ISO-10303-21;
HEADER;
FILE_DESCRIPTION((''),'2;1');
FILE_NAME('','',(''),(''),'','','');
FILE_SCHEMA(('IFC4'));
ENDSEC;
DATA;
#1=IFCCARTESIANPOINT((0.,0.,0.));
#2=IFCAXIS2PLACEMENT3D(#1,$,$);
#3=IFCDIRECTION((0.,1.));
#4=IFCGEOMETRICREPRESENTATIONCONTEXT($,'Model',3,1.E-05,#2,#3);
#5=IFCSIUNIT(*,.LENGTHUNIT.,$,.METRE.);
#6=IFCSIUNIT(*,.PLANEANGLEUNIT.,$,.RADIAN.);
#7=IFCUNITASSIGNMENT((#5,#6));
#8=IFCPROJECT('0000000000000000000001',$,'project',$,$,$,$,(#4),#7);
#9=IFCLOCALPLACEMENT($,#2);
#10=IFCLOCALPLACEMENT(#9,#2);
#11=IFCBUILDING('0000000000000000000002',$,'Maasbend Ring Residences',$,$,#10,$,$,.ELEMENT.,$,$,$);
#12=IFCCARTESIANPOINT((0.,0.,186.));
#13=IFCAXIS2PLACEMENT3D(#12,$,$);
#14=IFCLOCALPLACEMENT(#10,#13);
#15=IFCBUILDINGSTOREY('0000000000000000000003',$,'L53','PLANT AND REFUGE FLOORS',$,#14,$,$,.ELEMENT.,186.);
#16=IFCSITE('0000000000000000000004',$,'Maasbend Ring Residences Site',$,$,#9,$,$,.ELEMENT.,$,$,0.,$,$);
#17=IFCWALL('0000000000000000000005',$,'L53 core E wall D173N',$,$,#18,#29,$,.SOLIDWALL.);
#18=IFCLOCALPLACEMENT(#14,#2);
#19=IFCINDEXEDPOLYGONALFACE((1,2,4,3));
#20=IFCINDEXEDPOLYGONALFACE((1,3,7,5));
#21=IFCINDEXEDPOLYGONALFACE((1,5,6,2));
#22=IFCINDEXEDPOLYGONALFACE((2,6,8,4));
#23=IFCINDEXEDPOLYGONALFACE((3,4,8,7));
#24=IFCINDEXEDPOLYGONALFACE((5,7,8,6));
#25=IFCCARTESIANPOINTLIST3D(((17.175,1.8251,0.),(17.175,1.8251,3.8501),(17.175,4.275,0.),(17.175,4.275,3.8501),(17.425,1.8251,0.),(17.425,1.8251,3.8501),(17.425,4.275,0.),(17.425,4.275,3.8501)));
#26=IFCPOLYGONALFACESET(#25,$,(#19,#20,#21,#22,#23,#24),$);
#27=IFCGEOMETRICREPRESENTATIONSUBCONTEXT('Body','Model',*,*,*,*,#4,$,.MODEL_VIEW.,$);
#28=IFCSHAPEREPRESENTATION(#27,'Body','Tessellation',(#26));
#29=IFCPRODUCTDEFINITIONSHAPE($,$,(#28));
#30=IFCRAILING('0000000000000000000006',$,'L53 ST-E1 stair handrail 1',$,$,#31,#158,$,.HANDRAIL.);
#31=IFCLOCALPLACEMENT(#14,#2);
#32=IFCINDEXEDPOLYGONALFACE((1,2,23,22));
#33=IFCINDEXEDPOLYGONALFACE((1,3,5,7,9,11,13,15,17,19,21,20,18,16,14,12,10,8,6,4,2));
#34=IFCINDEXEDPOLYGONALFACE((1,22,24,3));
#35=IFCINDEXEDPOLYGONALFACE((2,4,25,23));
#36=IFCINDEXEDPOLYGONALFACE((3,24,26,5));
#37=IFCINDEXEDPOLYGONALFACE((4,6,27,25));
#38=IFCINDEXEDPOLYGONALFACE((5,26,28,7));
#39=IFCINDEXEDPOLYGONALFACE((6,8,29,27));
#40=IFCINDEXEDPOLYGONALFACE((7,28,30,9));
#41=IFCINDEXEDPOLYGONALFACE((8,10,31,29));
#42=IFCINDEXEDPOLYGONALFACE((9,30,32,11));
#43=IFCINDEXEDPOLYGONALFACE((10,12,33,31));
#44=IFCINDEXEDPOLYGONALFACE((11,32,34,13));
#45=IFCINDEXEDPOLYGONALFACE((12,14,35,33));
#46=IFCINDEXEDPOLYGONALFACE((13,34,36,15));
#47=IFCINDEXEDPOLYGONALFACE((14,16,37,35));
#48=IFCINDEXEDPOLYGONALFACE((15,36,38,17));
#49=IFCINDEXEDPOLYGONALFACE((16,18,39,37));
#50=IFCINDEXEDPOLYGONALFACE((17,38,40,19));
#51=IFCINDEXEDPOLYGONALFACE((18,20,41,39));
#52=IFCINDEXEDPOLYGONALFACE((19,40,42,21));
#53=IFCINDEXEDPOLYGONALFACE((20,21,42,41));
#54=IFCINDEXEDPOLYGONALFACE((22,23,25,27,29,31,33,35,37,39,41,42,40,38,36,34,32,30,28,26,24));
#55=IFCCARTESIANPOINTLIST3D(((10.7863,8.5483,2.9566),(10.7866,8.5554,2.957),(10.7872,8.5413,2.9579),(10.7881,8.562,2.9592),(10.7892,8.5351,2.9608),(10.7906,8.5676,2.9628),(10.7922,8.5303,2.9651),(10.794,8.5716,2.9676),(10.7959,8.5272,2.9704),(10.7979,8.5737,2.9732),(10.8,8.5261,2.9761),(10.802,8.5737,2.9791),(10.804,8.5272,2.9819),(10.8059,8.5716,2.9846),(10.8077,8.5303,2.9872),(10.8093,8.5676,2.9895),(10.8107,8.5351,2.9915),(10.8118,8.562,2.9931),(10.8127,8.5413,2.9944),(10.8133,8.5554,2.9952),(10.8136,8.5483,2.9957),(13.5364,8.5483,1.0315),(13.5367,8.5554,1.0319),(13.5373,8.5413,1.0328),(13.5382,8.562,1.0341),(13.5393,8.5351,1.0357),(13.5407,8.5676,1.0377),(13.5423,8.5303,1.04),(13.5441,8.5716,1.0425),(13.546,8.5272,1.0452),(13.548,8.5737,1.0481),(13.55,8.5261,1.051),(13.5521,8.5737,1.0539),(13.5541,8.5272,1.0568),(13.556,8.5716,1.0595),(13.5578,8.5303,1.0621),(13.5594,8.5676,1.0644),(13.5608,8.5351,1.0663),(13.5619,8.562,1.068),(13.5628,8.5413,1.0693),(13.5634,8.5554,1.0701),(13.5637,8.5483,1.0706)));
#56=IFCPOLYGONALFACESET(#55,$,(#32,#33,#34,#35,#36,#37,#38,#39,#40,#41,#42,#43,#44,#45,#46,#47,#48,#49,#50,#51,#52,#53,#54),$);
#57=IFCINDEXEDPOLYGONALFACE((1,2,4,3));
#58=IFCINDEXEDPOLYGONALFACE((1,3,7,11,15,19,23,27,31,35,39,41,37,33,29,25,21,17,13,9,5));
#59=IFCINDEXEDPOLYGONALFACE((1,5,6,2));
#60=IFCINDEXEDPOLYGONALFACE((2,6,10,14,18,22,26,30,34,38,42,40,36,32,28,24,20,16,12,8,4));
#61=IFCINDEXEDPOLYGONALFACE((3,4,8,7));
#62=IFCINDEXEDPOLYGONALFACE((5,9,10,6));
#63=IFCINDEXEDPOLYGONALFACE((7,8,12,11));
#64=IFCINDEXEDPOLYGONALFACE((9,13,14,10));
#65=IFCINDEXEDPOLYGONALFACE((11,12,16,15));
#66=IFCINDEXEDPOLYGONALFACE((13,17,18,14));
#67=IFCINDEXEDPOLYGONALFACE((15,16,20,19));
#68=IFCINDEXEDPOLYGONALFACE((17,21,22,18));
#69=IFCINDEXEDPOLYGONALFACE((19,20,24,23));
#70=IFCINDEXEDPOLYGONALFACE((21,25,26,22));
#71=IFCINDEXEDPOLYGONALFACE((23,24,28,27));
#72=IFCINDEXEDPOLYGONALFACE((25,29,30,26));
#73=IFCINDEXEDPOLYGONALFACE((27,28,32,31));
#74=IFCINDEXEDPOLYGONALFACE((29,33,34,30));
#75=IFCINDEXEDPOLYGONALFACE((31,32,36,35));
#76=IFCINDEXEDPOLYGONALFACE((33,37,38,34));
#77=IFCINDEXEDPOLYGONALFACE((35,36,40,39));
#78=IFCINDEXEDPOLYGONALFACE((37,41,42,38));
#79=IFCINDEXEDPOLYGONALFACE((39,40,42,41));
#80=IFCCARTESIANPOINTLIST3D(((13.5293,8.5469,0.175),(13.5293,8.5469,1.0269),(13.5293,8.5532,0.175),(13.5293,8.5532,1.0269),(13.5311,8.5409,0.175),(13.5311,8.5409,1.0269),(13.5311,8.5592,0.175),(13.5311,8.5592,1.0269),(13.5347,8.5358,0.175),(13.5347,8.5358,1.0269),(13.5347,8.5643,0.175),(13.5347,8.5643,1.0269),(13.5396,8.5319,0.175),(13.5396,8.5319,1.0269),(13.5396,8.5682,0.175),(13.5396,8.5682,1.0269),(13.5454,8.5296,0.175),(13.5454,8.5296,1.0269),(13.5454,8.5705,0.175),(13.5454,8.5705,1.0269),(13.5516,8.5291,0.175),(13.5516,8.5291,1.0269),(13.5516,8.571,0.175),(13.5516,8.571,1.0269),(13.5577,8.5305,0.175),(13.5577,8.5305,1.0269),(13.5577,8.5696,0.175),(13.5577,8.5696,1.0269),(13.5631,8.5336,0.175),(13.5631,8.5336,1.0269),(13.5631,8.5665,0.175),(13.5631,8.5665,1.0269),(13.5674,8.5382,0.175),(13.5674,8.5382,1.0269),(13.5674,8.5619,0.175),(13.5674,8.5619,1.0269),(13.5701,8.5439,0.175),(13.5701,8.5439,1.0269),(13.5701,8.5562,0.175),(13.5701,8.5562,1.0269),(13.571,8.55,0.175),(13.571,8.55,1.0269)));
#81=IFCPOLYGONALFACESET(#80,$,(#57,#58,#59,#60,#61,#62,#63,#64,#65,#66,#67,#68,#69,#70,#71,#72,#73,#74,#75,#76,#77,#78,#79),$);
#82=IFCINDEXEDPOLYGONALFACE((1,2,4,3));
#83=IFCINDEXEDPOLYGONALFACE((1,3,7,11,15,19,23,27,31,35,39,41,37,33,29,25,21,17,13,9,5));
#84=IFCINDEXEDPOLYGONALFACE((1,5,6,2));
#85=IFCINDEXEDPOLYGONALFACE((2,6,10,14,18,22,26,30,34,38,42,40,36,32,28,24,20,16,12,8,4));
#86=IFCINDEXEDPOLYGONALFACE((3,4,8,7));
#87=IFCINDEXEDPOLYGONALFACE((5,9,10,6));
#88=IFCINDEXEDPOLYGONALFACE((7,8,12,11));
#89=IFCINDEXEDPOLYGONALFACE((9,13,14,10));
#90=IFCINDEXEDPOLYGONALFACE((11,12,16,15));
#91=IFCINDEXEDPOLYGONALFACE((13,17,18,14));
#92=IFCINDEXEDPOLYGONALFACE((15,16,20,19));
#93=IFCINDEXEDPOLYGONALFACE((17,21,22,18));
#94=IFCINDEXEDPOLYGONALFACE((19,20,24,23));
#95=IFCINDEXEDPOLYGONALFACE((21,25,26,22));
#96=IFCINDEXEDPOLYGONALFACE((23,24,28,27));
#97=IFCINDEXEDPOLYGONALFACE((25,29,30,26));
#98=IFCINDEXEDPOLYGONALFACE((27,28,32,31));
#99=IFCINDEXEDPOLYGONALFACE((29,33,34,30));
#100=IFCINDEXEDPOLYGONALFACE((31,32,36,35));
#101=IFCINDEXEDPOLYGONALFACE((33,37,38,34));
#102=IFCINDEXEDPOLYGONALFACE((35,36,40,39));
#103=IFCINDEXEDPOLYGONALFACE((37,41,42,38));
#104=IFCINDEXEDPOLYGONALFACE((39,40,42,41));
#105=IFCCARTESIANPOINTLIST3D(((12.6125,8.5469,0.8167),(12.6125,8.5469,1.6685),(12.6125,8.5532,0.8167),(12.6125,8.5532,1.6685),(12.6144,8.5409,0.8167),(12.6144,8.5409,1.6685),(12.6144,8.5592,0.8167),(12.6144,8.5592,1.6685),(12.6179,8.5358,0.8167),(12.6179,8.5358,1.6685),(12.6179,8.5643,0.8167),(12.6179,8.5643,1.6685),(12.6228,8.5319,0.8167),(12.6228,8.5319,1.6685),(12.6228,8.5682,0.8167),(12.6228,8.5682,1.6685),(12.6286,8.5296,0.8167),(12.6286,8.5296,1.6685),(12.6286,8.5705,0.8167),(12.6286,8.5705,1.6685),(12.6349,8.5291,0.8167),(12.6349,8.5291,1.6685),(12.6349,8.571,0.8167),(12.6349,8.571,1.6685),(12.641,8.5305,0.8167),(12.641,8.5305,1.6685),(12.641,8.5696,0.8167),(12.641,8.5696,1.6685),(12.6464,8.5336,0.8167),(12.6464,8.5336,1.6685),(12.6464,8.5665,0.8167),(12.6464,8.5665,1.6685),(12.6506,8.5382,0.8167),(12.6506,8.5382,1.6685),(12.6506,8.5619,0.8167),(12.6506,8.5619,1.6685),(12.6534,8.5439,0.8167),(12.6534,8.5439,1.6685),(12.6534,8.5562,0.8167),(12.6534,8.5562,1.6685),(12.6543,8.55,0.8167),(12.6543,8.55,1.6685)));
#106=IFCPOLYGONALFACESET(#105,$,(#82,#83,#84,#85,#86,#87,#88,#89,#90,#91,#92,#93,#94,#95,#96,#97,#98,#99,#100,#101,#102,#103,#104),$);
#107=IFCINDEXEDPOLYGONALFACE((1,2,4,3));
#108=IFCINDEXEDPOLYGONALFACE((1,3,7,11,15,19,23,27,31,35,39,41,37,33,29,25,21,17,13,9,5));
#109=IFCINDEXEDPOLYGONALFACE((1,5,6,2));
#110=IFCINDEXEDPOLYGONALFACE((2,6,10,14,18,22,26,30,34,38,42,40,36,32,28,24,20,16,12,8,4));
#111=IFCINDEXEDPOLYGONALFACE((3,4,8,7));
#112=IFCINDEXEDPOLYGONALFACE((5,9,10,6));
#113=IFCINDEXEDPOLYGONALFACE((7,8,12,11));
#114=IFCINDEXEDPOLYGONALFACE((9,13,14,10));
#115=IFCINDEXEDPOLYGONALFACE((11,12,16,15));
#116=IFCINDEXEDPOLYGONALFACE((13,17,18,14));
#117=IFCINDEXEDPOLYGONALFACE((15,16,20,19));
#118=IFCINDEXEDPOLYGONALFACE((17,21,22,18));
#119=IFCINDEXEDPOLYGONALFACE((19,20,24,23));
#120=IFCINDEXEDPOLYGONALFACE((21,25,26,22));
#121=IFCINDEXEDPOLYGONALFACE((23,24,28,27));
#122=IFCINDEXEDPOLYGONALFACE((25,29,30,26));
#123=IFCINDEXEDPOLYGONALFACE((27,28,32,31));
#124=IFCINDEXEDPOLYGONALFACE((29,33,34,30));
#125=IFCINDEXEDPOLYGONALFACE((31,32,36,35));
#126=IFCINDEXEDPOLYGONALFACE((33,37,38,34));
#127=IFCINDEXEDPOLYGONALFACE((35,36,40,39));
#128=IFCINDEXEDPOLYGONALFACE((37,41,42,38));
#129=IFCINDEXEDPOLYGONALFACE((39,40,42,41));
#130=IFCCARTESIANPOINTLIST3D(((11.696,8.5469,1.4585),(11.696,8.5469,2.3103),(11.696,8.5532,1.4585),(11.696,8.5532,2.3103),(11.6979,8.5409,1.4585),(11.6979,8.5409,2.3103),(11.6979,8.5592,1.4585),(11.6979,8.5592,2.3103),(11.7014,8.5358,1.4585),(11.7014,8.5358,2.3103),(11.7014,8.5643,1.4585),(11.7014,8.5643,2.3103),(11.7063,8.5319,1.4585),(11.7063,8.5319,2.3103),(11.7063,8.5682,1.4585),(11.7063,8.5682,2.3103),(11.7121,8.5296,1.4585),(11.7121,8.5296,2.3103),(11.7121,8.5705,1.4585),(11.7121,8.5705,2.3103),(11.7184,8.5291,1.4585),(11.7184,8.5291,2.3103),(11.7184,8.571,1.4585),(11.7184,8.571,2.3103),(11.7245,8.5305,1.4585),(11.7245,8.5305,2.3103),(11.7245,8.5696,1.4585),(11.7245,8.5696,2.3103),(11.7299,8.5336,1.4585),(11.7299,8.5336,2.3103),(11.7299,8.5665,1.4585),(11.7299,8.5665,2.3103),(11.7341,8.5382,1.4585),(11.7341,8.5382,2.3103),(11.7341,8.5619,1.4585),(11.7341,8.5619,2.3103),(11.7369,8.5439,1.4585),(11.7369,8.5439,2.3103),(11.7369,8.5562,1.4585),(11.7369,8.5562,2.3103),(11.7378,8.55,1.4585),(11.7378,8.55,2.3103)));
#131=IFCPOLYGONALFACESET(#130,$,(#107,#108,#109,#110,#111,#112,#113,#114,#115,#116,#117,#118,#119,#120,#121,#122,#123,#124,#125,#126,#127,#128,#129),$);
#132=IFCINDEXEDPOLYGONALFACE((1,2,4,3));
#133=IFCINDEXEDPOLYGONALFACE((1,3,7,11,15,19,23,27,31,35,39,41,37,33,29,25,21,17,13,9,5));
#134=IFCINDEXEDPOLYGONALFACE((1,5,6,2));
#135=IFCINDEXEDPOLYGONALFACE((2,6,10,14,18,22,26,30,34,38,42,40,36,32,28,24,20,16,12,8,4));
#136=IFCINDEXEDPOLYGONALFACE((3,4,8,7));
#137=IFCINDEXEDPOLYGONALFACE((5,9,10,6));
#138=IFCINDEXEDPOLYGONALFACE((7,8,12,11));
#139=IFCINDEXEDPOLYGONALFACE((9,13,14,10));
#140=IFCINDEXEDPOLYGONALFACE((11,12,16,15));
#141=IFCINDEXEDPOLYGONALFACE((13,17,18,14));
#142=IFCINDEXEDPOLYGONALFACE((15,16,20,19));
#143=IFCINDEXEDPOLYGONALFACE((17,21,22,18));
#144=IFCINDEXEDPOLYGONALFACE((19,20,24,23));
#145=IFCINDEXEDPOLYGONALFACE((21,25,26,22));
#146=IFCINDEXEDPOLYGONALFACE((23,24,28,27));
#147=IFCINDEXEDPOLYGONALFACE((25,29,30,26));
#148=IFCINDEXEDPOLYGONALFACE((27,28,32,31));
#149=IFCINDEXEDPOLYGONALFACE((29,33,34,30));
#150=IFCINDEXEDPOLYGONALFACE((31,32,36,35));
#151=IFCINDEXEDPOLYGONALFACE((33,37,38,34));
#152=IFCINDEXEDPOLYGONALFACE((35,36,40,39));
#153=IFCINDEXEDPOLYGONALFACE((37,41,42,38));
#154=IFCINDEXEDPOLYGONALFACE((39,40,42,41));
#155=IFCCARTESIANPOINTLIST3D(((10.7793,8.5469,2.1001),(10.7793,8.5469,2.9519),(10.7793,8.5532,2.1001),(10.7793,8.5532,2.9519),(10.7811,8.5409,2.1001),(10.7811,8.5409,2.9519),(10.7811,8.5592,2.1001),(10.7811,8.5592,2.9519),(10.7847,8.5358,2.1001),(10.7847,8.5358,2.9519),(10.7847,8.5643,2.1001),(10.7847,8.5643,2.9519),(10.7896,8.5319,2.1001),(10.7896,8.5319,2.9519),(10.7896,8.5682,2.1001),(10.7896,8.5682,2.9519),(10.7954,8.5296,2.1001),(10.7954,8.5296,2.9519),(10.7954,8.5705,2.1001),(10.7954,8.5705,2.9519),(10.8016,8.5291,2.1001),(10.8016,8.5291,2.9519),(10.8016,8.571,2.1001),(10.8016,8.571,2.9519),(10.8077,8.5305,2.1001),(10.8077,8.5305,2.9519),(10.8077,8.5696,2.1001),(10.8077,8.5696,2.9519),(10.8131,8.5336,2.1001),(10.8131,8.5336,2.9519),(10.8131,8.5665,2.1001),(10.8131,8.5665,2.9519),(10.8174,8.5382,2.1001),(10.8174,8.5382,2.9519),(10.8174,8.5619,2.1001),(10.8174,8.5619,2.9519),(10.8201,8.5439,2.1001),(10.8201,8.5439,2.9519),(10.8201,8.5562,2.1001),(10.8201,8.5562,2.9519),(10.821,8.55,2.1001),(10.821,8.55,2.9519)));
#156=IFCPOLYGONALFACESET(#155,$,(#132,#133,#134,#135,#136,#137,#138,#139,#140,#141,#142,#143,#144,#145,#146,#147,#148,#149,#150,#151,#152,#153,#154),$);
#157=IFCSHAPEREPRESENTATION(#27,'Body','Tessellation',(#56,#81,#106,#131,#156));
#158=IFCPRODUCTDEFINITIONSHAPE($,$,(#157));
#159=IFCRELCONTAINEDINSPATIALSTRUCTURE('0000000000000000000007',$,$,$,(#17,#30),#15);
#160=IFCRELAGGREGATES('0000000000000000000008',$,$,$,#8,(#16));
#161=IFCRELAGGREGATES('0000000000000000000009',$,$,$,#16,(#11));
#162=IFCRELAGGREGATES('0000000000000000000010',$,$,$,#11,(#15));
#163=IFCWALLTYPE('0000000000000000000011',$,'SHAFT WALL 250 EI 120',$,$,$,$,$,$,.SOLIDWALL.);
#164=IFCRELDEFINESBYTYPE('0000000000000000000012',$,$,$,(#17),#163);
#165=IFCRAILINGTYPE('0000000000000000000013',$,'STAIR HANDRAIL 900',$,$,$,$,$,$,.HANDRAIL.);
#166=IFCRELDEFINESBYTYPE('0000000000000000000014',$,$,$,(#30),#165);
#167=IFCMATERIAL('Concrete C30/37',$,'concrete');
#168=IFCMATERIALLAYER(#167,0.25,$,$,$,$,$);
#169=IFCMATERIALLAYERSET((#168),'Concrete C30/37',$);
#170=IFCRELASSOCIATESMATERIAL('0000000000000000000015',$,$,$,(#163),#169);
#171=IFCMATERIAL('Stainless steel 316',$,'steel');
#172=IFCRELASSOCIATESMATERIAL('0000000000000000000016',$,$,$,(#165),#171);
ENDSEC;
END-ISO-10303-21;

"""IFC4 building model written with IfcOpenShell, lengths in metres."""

from ifc_helpers import new_model, si_unit, direction, frame, frame_2d, origin, origin_2d, place, context, subcontext, project, spatial, rectangle, circle, extrude, material, layer, layer_set, type_object, element, save


model = new_model("IFC4")

# Units and contexts
model_context = context("Model", 3, precision=1e-05, world=origin(), true_north=direction((0.0, 1.0)))
body_context = subcontext(model_context, "Body", "Model", "MODEL_VIEW")
ifc_project = project(units=[si_unit("LENGTHUNIT", "METRE"), si_unit("PLANEANGLEUNIT", "RADIAN")], contexts=[model_context])

# Site, building, storey
site_placement = place(None, origin())
site = spatial("IfcSite", under=ifc_project, at=site_placement, Name="Maasbend Ring Residences Site", CompositionType="ELEMENT", RefElevation=0.0)
building_placement = place(site_placement, origin())
building = spatial("IfcBuilding", under=site, at=building_placement, Name="Maasbend Ring Residences", CompositionType="ELEMENT")
storey_placement = place(building_placement, frame((0.0, 0.0, 186.0)))
storey = spatial("IfcBuildingStorey", under=building, at=storey_placement, Name="L53", Description="PLANT AND REFUGE FLOORS", CompositionType="ELEMENT", Elevation=186.0)

# Wall
ifc_material_1 = material(Name="Concrete C30/37", Category="concrete")
ifc_layer_1 = layer(ifc_material_1, 0.25)
ifc_layer_set_1 = layer_set([ifc_layer_1], Name="Concrete C30/37")
wall_type_1 = type_object("IfcWallType", Name="SHAFT WALL 250 EI 120", PredefinedType="SOLIDWALL", material=ifc_layer_set_1)
for number, where, z_axis, x_axis, name in (
    (1, (17.3, 1.825, 0.0), (0.0, 0.0, 1.0), (0.0, 1.0, 0.0), "L53 core E wall D173N"),
):
    element("IfcWall", number, at=place(storey_placement, frame(where, z_axis=z_axis, x_axis=x_axis)), inside=storey, type_object=wall_type_1, Name=name, PredefinedType="SOLIDWALL", context=body_context, shape_type="SweptSolid", body=[
        extrude(rectangle(XDim=2.45, YDim=0.25, at=frame_2d((1.2251, 0.0))), origin(), (0.0, 0.0, 1.0), 3.8501),
    ])

# Railing
ifc_material_2 = material(Name="Stainless steel 316", Category="steel")
railing_type_1 = type_object("IfcRailingType", Name="STAIR HANDRAIL 900", PredefinedType="HANDRAIL", material=ifc_material_2)
railing_1_placement = place(storey_placement, frame((13.55, 8.55, 0.175)))
element("IfcRailing", 2, at=railing_1_placement, inside=storey, type_object=railing_type_1, Name="L53 ST-E1 stair handrail 1", PredefinedType="HANDRAIL", context=body_context, shape_type="SweptSolid", body=[
    extrude(circle(Radius=0.0239, at=origin_2d()), frame((0.0, 0.0, 0.876), z_axis=(-0.819225, 0.0, 0.573472), x_axis=(0.0, -1.0, 0.0)), (0.0, 0.0, 1.0), 3.3569),
    extrude(circle(Radius=0.021, at=origin_2d()), origin(), (0.0, 0.0, 1.0), 0.8518),
    extrude(circle(Radius=0.021, at=origin_2d()), frame((-0.9167, 0.0, 0.6416)), (0.0, 0.0, 1.0), 0.8518),
    extrude(circle(Radius=0.021, at=origin_2d()), frame((-1.8333, 0.0, 1.2834)), (0.0, 0.0, 1.0), 0.8518),
    extrude(circle(Radius=0.021, at=origin_2d()), frame((-2.75, 0.0, 1.925)), (0.0, 0.0, 1.0), 0.8518),
])

save(model, "model.ifc")
